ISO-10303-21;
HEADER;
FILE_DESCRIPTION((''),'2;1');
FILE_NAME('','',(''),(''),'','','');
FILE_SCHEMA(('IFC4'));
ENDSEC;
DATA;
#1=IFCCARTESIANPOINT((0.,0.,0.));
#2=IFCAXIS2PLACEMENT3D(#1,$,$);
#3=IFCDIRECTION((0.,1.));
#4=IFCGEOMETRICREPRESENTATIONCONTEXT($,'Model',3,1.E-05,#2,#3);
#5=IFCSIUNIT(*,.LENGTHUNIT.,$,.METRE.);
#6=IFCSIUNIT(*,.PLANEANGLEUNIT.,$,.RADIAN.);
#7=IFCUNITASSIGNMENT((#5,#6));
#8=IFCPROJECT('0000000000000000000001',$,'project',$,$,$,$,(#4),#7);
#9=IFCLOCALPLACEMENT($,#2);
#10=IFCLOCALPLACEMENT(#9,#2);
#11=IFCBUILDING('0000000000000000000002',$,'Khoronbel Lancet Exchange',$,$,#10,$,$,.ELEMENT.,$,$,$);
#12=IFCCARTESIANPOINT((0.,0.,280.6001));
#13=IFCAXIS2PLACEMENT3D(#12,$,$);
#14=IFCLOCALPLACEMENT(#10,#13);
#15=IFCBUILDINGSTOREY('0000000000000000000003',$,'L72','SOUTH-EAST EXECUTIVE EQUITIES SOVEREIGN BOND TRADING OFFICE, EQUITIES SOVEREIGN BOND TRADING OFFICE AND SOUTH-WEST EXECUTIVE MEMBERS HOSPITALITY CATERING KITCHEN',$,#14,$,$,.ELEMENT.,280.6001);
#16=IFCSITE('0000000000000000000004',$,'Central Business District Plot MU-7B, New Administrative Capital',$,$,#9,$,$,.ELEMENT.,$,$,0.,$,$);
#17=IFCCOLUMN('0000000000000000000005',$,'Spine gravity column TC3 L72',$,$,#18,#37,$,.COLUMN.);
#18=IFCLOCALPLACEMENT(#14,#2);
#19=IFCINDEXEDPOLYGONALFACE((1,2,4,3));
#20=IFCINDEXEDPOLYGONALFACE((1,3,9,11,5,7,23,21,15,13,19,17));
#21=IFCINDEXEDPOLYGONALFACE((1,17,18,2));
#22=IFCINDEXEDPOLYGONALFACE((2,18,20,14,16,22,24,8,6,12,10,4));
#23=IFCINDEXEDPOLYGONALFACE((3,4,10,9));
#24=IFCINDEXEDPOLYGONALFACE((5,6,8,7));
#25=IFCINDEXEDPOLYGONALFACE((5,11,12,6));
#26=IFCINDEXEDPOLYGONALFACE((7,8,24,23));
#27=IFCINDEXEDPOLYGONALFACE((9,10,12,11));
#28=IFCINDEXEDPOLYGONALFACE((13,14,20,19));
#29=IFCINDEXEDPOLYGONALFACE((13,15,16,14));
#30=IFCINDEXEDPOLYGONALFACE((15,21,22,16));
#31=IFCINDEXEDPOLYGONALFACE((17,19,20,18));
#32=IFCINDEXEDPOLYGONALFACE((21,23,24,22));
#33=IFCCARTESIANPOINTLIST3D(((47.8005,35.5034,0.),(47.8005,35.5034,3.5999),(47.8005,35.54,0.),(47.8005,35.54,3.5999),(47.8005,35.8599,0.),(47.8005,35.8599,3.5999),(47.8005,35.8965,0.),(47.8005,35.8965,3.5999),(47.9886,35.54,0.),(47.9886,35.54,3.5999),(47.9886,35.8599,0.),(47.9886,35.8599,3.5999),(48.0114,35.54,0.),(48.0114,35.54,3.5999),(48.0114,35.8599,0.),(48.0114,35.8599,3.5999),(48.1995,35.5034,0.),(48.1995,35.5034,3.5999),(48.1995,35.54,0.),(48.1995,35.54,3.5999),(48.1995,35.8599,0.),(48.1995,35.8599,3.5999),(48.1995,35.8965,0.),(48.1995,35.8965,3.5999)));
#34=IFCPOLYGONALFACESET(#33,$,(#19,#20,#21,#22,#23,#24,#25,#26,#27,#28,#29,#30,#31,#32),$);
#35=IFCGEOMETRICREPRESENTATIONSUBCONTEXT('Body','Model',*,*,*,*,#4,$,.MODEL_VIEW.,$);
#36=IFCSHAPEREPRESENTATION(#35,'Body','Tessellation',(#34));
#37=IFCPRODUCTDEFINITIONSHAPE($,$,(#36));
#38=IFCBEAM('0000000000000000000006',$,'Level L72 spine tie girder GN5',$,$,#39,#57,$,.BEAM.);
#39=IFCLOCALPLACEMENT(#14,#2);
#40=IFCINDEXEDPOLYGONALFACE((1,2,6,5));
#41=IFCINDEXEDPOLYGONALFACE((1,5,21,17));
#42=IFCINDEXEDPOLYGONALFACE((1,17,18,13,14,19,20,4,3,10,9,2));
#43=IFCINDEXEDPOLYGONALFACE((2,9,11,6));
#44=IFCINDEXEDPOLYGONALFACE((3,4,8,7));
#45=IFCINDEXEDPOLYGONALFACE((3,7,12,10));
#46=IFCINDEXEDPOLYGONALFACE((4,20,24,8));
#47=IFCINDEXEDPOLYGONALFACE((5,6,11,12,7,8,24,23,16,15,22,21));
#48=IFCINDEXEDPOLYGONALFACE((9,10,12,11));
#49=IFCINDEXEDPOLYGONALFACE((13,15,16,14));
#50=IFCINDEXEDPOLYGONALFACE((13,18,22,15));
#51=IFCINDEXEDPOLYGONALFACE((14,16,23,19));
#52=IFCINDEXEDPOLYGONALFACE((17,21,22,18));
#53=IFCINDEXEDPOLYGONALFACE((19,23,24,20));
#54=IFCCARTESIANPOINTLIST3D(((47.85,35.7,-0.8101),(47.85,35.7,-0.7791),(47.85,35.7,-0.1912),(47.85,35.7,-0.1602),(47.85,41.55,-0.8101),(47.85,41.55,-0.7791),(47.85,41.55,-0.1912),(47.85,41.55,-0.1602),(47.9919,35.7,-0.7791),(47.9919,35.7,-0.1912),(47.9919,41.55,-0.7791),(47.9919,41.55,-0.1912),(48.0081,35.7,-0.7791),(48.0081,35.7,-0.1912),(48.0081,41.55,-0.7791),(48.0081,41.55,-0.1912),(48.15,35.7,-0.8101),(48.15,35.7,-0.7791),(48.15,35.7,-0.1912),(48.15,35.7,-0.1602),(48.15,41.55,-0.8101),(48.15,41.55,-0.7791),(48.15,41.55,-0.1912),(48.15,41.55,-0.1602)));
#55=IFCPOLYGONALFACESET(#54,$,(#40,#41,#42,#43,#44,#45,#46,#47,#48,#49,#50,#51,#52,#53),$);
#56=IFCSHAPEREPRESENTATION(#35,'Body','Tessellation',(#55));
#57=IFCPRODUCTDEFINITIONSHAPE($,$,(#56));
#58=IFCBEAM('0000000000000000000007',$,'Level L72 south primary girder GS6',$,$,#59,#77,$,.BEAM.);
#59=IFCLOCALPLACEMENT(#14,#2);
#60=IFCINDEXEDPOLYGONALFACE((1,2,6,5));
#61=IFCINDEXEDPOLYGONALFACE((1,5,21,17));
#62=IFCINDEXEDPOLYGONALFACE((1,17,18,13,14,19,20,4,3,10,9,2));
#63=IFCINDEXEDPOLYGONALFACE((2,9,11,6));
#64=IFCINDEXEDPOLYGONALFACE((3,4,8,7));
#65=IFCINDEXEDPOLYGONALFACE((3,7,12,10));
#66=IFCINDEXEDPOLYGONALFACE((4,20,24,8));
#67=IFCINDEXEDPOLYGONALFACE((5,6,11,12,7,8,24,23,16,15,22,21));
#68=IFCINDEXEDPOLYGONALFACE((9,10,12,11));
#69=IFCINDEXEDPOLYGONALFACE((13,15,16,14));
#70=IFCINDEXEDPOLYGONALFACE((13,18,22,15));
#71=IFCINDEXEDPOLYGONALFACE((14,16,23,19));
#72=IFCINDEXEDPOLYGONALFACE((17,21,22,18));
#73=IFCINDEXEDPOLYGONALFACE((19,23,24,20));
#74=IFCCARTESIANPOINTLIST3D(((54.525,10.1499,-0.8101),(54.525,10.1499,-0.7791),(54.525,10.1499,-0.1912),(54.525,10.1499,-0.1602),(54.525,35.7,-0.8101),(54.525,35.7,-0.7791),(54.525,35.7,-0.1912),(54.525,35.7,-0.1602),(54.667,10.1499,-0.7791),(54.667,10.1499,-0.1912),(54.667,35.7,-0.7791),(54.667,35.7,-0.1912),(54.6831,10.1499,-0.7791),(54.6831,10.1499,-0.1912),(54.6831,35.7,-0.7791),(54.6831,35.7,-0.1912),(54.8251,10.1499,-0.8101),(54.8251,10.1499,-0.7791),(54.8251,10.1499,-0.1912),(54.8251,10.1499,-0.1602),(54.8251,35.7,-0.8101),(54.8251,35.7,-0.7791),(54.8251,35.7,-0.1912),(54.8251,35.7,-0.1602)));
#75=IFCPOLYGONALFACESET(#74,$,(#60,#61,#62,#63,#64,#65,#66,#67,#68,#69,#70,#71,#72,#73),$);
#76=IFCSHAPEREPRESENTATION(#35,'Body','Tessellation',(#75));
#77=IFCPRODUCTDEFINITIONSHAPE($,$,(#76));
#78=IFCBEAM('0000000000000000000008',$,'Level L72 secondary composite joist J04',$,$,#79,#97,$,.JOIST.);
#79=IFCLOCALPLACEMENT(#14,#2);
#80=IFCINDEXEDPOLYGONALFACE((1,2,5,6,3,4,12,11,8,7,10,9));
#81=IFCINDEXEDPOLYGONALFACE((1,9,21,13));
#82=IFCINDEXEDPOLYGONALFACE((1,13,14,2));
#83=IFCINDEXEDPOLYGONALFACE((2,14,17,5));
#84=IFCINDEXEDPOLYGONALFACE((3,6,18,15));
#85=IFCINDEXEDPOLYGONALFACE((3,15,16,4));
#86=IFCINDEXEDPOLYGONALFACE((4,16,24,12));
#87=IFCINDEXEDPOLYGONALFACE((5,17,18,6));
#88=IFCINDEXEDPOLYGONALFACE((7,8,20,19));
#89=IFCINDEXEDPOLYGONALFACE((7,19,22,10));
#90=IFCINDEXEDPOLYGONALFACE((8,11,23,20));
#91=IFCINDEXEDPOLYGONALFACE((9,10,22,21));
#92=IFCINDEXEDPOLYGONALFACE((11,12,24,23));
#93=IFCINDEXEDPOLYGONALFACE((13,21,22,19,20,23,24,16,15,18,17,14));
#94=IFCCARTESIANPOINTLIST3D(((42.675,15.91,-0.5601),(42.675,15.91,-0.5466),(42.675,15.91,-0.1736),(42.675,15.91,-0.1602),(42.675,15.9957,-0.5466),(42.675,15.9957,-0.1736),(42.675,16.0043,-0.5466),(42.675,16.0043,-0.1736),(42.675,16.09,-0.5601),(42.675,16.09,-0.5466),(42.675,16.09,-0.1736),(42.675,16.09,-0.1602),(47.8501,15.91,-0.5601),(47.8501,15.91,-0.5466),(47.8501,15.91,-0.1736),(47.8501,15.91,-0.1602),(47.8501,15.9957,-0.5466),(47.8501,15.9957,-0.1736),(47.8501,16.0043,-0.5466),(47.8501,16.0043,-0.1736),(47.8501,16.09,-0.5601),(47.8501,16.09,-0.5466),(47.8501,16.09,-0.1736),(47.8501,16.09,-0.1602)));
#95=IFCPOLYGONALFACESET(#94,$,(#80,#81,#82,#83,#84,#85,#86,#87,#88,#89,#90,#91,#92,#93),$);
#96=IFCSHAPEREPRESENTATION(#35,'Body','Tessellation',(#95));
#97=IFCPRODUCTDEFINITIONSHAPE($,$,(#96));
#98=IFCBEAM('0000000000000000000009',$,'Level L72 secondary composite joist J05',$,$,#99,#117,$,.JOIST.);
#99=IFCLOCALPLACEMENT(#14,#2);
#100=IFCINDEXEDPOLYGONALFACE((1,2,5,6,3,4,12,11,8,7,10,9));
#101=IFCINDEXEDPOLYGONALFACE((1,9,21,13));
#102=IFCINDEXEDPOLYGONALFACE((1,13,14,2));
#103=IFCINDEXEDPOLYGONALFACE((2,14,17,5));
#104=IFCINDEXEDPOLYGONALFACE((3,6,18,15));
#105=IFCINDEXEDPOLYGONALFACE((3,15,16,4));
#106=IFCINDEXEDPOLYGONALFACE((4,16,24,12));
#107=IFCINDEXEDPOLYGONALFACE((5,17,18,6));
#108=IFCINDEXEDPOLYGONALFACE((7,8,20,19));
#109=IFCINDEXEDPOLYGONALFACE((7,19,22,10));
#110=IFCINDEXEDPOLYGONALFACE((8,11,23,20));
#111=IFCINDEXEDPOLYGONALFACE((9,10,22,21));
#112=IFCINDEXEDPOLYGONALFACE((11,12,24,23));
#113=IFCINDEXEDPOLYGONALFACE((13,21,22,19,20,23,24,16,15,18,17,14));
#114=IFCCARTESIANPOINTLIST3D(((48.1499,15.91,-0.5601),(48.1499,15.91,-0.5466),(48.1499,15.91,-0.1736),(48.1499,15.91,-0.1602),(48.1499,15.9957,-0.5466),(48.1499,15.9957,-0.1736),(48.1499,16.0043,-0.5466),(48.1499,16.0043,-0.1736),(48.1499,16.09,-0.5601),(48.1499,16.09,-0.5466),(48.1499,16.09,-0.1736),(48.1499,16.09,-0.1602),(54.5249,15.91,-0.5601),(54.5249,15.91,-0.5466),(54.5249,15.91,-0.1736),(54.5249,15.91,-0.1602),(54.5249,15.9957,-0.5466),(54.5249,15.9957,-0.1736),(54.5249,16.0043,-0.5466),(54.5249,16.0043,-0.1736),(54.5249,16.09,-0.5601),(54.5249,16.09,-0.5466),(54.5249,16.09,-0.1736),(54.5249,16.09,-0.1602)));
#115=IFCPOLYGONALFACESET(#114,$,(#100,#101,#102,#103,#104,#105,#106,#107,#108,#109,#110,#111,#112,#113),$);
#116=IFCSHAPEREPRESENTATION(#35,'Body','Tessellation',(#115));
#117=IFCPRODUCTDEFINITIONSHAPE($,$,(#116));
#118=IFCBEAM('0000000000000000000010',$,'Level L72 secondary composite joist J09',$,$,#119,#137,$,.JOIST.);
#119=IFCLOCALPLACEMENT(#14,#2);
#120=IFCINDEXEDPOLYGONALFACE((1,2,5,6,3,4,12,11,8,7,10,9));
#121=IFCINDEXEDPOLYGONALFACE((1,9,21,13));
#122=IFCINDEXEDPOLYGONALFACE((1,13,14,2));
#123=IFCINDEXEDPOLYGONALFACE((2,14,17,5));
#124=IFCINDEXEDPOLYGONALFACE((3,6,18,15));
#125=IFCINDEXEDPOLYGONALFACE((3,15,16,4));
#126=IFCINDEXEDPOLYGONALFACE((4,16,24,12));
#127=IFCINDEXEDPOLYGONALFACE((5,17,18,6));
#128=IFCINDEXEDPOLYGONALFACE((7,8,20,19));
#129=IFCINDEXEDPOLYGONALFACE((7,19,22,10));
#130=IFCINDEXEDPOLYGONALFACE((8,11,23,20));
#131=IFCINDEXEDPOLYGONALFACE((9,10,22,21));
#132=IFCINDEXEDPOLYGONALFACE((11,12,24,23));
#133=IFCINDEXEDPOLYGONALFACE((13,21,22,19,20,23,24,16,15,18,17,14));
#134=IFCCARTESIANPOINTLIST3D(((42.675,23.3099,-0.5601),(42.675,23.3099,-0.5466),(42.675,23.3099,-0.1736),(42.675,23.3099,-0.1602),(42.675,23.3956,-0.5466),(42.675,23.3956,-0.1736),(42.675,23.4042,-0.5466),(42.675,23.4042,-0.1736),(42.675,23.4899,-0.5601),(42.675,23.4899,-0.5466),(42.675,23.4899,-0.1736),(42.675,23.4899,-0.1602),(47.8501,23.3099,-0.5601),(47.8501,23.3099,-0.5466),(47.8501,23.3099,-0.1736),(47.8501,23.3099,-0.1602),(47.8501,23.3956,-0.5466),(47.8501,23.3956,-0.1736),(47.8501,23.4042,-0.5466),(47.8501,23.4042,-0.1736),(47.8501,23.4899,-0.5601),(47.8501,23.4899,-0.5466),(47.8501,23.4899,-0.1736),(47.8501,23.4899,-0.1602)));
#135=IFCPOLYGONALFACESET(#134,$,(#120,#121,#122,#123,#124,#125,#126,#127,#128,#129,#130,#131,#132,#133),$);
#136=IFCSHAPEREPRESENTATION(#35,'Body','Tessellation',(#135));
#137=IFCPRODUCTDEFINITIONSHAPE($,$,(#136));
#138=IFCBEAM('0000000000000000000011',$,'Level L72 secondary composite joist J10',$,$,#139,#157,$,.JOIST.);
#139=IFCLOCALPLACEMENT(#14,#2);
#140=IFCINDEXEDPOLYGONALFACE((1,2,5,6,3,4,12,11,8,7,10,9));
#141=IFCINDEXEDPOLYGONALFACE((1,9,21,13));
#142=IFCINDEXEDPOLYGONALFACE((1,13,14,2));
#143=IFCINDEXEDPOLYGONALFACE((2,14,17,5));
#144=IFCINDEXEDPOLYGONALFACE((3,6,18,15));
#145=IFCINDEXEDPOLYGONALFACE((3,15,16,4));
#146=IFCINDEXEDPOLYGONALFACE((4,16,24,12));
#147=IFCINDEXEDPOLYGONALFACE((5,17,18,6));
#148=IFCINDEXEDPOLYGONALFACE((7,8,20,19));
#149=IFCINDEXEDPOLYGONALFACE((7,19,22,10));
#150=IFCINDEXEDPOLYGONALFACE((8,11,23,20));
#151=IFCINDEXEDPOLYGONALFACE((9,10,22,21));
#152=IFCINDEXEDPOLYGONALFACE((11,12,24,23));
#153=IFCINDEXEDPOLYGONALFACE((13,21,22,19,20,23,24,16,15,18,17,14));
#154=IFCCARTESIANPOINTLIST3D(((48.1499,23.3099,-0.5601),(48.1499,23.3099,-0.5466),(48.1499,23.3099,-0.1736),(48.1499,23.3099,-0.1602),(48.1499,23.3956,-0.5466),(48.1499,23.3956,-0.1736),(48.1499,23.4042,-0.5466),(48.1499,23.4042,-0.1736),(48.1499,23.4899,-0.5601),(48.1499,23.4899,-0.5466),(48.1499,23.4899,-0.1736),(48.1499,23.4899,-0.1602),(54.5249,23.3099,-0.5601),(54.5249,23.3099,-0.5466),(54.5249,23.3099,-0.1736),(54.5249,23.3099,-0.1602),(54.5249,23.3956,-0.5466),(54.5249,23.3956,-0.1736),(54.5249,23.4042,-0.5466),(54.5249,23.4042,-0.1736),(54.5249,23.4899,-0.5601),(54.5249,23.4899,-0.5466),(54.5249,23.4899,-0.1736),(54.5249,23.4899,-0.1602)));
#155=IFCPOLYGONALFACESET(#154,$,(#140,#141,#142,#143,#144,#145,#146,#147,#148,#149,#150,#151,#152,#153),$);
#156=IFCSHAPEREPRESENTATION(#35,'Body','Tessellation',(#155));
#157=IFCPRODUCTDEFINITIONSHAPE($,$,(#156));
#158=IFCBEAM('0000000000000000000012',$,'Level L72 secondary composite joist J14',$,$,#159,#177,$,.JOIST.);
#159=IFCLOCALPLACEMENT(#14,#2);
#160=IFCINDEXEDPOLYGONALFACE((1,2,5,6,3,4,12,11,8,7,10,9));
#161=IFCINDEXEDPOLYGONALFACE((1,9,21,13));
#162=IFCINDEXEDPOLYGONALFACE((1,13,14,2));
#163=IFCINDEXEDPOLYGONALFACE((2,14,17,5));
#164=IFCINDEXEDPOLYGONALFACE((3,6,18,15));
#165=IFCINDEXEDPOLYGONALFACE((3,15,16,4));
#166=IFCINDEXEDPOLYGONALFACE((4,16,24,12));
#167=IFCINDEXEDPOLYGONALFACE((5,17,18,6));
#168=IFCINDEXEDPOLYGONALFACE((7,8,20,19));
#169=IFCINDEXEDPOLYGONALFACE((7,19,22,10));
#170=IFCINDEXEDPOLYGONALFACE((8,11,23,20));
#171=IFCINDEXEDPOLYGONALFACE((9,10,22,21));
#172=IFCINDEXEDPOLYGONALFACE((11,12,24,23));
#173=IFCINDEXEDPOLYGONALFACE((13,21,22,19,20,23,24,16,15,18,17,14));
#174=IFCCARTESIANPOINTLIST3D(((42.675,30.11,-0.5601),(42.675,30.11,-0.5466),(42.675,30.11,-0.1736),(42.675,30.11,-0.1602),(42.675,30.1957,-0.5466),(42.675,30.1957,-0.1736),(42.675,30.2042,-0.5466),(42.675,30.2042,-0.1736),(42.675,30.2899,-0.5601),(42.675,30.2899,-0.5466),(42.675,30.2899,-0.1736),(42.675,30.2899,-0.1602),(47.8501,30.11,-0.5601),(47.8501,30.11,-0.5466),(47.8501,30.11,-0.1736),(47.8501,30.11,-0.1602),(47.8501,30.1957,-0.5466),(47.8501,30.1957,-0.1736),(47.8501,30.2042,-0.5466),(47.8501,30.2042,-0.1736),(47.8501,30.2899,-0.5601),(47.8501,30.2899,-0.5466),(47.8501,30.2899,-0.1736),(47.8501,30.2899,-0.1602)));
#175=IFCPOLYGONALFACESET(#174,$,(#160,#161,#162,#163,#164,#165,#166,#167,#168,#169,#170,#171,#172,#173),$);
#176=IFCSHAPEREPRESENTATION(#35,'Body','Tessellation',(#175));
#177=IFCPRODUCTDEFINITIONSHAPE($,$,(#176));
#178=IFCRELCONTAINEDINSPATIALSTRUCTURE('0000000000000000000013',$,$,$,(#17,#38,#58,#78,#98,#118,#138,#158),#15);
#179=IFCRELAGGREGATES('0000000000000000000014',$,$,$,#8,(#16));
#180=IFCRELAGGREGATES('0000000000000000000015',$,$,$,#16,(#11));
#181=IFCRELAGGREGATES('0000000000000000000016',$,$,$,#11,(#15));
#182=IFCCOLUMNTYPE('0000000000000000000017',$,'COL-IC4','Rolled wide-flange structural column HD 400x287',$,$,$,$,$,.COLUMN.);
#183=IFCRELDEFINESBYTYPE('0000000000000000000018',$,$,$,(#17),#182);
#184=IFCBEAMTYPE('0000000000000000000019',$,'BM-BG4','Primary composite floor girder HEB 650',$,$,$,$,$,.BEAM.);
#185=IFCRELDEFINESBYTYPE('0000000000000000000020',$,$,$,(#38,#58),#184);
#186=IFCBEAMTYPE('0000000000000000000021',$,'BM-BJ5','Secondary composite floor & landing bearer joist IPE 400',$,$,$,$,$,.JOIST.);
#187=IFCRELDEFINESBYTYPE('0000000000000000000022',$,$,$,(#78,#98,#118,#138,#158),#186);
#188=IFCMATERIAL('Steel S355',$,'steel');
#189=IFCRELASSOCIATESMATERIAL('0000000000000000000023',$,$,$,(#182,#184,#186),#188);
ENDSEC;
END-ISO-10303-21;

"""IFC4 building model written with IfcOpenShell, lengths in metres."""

from ifc_helpers import new_model, si_unit, direction, frame, origin, origin_2d, place, context, subcontext, project, spatial, i_section, extrude, material, material_profile, profile_set, type_object, element, save


model = new_model("IFC4")

# Units and contexts
model_context = context("Model", 3, precision=1e-05, world=origin(), true_north=direction((0.0, 1.0)))
body_context = subcontext(model_context, "Body", "Model", "MODEL_VIEW")
ifc_project = project(units=[si_unit("LENGTHUNIT", "METRE"), si_unit("PLANEANGLEUNIT", "RADIAN")], contexts=[model_context])

# Site, building, storey
site_placement = place(None, origin())
site = spatial("IfcSite", under=ifc_project, at=site_placement, Name="Central Business District Plot MU-7B, New Administrative Capital", CompositionType="ELEMENT", RefElevation=0.0)
building_placement = place(site_placement, origin())
building = spatial("IfcBuilding", under=site, at=building_placement, Name="Khoronbel Lancet Exchange", CompositionType="ELEMENT")
storey_placement = place(building_placement, frame((0.0, 0.0, 280.6001)))
storey = spatial("IfcBuildingStorey", under=building, at=storey_placement, Name="L72", Description="SOUTH-EAST EXECUTIVE EQUITIES SOVEREIGN BOND TRADING OFFICE, EQUITIES SOVEREIGN BOND TRADING OFFICE AND SOUTH-WEST EXECUTIVE MEMBERS HOSPITALITY CATERING KITCHEN", CompositionType="ELEMENT", Elevation=280.6001)

# Column
ifc_material_1 = material(Name="Steel S355", Category="steel")
ifc_material_profile_1 = material_profile(ifc_material_1, i_section(OverallWidth=0.3989, OverallDepth=0.3931, WebThickness=0.0227, FlangeThickness=0.0366, at=origin_2d()), Name="HD 400x287")
ifc_profile_set_1 = profile_set([ifc_material_profile_1], Name="Steel S355")
column_type = type_object("IfcColumnType", Name="COL-IC4", Description="Rolled wide-flange structural column HD 400x287", PredefinedType="COLUMN", material=ifc_profile_set_1)
column_placement = place(storey_placement, frame((48.0, 35.7, 0.0), z_axis=(0.0, 0.0, 1.0), x_axis=(1.0, 0.0, 0.0)))
element("IfcColumn", 1, at=column_placement, inside=storey, type_object=column_type, Name="Spine gravity column TC3 L72", PredefinedType="COLUMN", context=body_context, shape_type="SweptSolid", body=[
    extrude(i_section(OverallWidth=0.3989, OverallDepth=0.3931, WebThickness=0.0227, FlangeThickness=0.0366, at=origin_2d()), origin(), (0.0, 0.0, 1.0), 3.5999),
])

# Beams
ifc_material_profile_2 = material_profile(ifc_material_1, i_section(OverallWidth=0.3, OverallDepth=0.6499, WebThickness=0.0161, FlangeThickness=0.031, at=origin_2d()), Name="HEB 650")
ifc_profile_set_2 = profile_set([ifc_material_profile_2], Name="Steel S355")
beam_type_1 = type_object("IfcBeamType", Name="BM-BG4", Description="Primary composite floor girder HEB 650", PredefinedType="BEAM", material=ifc_profile_set_2)
beam_1_placement = place(storey_placement, frame((48.0, 35.7, -0.4851), z_axis=(0.0, 1.0, 0.0), x_axis=(-1.0, 0.0, 0.0)))
element("IfcBeam", 2, at=beam_1_placement, inside=storey, type_object=beam_type_1, Name="Level L72 spine tie girder GN5", PredefinedType="BEAM", context=body_context, shape_type="SweptSolid", body=[
    extrude(i_section(OverallWidth=0.3, OverallDepth=0.6499, WebThickness=0.0161, FlangeThickness=0.031, at=origin_2d()), origin(), (0.0, 0.0, 1.0), 5.8501),
])
beam_2_placement = place(storey_placement, frame((54.675, 10.1499, -0.4851), z_axis=(0.0, 1.0, 0.0), x_axis=(-1.0, 0.0, 0.0)))
element("IfcBeam", 3, at=beam_2_placement, inside=storey, type_object=beam_type_1, Name="Level L72 south primary girder GS6", PredefinedType="BEAM", context=body_context, shape_type="SweptSolid", body=[
    extrude(i_section(OverallWidth=0.3, OverallDepth=0.6499, WebThickness=0.0161, FlangeThickness=0.031, at=origin_2d()), origin(), (0.0, 0.0, 1.0), 25.55),
])
ifc_material_profile_3 = material_profile(ifc_material_1, i_section(OverallWidth=0.1799, OverallDepth=0.3999, WebThickness=0.0085, FlangeThickness=0.0134, at=origin_2d()), Name="IPE 400")
ifc_profile_set_3 = profile_set([ifc_material_profile_3], Name="Steel S355")
beam_type_2 = type_object("IfcBeamType", Name="BM-BJ5", Description="Secondary composite floor & landing bearer joist IPE 400", PredefinedType="JOIST", material=ifc_profile_set_3)
beam_3_placement = place(storey_placement, frame((42.675, 16.0, -0.3601), z_axis=(1.0, 0.0, 0.0), x_axis=(0.0, 1.0, 0.0)))
element("IfcBeam", 4, at=beam_3_placement, inside=storey, type_object=beam_type_2, Name="Level L72 secondary composite joist J04", PredefinedType="JOIST", context=body_context, shape_type="SweptSolid", body=[
    extrude(i_section(OverallWidth=0.1799, OverallDepth=0.3999, WebThickness=0.0085, FlangeThickness=0.0134, at=origin_2d()), origin(), (0.0, 0.0, 1.0), 5.175),
])
beam_4_placement = place(storey_placement, frame((48.1499, 16.0, -0.3601), z_axis=(1.0, 0.0, 0.0), x_axis=(0.0, 1.0, 0.0)))
element("IfcBeam", 5, at=beam_4_placement, inside=storey, type_object=beam_type_2, Name="Level L72 secondary composite joist J05", PredefinedType="JOIST", context=body_context, shape_type="SweptSolid", body=[
    extrude(i_section(OverallWidth=0.1799, OverallDepth=0.3999, WebThickness=0.0085, FlangeThickness=0.0134, at=origin_2d()), origin(), (0.0, 0.0, 1.0), 6.375),
])
beam_5_placement = place(storey_placement, frame((42.675, 23.3999, -0.3601), z_axis=(1.0, 0.0, 0.0), x_axis=(0.0, 1.0, 0.0)))
element("IfcBeam", 6, at=beam_5_placement, inside=storey, type_object=beam_type_2, Name="Level L72 secondary composite joist J09", PredefinedType="JOIST", context=body_context, shape_type="SweptSolid", body=[
    extrude(i_section(OverallWidth=0.1799, OverallDepth=0.3999, WebThickness=0.0085, FlangeThickness=0.0134, at=origin_2d()), origin(), (0.0, 0.0, 1.0), 5.175),
])
beam_6_placement = place(storey_placement, frame((48.1499, 23.3999, -0.3601), z_axis=(1.0, 0.0, 0.0), x_axis=(0.0, 1.0, 0.0)))
element("IfcBeam", 7, at=beam_6_placement, inside=storey, type_object=beam_type_2, Name="Level L72 secondary composite joist J10", PredefinedType="JOIST", context=body_context, shape_type="SweptSolid", body=[
    extrude(i_section(OverallWidth=0.1799, OverallDepth=0.3999, WebThickness=0.0085, FlangeThickness=0.0134, at=origin_2d()), origin(), (0.0, 0.0, 1.0), 6.375),
])
beam_7_placement = place(storey_placement, frame((42.675, 30.2, -0.3601), z_axis=(1.0, 0.0, 0.0), x_axis=(0.0, 1.0, 0.0)))
element("IfcBeam", 8, at=beam_7_placement, inside=storey, type_object=beam_type_2, Name="Level L72 secondary composite joist J14", PredefinedType="JOIST", context=body_context, shape_type="SweptSolid", body=[
    extrude(i_section(OverallWidth=0.1799, OverallDepth=0.3999, WebThickness=0.0085, FlangeThickness=0.0134, at=origin_2d()), origin(), (0.0, 0.0, 1.0), 5.175),
])

save(model, "model.ifc")
